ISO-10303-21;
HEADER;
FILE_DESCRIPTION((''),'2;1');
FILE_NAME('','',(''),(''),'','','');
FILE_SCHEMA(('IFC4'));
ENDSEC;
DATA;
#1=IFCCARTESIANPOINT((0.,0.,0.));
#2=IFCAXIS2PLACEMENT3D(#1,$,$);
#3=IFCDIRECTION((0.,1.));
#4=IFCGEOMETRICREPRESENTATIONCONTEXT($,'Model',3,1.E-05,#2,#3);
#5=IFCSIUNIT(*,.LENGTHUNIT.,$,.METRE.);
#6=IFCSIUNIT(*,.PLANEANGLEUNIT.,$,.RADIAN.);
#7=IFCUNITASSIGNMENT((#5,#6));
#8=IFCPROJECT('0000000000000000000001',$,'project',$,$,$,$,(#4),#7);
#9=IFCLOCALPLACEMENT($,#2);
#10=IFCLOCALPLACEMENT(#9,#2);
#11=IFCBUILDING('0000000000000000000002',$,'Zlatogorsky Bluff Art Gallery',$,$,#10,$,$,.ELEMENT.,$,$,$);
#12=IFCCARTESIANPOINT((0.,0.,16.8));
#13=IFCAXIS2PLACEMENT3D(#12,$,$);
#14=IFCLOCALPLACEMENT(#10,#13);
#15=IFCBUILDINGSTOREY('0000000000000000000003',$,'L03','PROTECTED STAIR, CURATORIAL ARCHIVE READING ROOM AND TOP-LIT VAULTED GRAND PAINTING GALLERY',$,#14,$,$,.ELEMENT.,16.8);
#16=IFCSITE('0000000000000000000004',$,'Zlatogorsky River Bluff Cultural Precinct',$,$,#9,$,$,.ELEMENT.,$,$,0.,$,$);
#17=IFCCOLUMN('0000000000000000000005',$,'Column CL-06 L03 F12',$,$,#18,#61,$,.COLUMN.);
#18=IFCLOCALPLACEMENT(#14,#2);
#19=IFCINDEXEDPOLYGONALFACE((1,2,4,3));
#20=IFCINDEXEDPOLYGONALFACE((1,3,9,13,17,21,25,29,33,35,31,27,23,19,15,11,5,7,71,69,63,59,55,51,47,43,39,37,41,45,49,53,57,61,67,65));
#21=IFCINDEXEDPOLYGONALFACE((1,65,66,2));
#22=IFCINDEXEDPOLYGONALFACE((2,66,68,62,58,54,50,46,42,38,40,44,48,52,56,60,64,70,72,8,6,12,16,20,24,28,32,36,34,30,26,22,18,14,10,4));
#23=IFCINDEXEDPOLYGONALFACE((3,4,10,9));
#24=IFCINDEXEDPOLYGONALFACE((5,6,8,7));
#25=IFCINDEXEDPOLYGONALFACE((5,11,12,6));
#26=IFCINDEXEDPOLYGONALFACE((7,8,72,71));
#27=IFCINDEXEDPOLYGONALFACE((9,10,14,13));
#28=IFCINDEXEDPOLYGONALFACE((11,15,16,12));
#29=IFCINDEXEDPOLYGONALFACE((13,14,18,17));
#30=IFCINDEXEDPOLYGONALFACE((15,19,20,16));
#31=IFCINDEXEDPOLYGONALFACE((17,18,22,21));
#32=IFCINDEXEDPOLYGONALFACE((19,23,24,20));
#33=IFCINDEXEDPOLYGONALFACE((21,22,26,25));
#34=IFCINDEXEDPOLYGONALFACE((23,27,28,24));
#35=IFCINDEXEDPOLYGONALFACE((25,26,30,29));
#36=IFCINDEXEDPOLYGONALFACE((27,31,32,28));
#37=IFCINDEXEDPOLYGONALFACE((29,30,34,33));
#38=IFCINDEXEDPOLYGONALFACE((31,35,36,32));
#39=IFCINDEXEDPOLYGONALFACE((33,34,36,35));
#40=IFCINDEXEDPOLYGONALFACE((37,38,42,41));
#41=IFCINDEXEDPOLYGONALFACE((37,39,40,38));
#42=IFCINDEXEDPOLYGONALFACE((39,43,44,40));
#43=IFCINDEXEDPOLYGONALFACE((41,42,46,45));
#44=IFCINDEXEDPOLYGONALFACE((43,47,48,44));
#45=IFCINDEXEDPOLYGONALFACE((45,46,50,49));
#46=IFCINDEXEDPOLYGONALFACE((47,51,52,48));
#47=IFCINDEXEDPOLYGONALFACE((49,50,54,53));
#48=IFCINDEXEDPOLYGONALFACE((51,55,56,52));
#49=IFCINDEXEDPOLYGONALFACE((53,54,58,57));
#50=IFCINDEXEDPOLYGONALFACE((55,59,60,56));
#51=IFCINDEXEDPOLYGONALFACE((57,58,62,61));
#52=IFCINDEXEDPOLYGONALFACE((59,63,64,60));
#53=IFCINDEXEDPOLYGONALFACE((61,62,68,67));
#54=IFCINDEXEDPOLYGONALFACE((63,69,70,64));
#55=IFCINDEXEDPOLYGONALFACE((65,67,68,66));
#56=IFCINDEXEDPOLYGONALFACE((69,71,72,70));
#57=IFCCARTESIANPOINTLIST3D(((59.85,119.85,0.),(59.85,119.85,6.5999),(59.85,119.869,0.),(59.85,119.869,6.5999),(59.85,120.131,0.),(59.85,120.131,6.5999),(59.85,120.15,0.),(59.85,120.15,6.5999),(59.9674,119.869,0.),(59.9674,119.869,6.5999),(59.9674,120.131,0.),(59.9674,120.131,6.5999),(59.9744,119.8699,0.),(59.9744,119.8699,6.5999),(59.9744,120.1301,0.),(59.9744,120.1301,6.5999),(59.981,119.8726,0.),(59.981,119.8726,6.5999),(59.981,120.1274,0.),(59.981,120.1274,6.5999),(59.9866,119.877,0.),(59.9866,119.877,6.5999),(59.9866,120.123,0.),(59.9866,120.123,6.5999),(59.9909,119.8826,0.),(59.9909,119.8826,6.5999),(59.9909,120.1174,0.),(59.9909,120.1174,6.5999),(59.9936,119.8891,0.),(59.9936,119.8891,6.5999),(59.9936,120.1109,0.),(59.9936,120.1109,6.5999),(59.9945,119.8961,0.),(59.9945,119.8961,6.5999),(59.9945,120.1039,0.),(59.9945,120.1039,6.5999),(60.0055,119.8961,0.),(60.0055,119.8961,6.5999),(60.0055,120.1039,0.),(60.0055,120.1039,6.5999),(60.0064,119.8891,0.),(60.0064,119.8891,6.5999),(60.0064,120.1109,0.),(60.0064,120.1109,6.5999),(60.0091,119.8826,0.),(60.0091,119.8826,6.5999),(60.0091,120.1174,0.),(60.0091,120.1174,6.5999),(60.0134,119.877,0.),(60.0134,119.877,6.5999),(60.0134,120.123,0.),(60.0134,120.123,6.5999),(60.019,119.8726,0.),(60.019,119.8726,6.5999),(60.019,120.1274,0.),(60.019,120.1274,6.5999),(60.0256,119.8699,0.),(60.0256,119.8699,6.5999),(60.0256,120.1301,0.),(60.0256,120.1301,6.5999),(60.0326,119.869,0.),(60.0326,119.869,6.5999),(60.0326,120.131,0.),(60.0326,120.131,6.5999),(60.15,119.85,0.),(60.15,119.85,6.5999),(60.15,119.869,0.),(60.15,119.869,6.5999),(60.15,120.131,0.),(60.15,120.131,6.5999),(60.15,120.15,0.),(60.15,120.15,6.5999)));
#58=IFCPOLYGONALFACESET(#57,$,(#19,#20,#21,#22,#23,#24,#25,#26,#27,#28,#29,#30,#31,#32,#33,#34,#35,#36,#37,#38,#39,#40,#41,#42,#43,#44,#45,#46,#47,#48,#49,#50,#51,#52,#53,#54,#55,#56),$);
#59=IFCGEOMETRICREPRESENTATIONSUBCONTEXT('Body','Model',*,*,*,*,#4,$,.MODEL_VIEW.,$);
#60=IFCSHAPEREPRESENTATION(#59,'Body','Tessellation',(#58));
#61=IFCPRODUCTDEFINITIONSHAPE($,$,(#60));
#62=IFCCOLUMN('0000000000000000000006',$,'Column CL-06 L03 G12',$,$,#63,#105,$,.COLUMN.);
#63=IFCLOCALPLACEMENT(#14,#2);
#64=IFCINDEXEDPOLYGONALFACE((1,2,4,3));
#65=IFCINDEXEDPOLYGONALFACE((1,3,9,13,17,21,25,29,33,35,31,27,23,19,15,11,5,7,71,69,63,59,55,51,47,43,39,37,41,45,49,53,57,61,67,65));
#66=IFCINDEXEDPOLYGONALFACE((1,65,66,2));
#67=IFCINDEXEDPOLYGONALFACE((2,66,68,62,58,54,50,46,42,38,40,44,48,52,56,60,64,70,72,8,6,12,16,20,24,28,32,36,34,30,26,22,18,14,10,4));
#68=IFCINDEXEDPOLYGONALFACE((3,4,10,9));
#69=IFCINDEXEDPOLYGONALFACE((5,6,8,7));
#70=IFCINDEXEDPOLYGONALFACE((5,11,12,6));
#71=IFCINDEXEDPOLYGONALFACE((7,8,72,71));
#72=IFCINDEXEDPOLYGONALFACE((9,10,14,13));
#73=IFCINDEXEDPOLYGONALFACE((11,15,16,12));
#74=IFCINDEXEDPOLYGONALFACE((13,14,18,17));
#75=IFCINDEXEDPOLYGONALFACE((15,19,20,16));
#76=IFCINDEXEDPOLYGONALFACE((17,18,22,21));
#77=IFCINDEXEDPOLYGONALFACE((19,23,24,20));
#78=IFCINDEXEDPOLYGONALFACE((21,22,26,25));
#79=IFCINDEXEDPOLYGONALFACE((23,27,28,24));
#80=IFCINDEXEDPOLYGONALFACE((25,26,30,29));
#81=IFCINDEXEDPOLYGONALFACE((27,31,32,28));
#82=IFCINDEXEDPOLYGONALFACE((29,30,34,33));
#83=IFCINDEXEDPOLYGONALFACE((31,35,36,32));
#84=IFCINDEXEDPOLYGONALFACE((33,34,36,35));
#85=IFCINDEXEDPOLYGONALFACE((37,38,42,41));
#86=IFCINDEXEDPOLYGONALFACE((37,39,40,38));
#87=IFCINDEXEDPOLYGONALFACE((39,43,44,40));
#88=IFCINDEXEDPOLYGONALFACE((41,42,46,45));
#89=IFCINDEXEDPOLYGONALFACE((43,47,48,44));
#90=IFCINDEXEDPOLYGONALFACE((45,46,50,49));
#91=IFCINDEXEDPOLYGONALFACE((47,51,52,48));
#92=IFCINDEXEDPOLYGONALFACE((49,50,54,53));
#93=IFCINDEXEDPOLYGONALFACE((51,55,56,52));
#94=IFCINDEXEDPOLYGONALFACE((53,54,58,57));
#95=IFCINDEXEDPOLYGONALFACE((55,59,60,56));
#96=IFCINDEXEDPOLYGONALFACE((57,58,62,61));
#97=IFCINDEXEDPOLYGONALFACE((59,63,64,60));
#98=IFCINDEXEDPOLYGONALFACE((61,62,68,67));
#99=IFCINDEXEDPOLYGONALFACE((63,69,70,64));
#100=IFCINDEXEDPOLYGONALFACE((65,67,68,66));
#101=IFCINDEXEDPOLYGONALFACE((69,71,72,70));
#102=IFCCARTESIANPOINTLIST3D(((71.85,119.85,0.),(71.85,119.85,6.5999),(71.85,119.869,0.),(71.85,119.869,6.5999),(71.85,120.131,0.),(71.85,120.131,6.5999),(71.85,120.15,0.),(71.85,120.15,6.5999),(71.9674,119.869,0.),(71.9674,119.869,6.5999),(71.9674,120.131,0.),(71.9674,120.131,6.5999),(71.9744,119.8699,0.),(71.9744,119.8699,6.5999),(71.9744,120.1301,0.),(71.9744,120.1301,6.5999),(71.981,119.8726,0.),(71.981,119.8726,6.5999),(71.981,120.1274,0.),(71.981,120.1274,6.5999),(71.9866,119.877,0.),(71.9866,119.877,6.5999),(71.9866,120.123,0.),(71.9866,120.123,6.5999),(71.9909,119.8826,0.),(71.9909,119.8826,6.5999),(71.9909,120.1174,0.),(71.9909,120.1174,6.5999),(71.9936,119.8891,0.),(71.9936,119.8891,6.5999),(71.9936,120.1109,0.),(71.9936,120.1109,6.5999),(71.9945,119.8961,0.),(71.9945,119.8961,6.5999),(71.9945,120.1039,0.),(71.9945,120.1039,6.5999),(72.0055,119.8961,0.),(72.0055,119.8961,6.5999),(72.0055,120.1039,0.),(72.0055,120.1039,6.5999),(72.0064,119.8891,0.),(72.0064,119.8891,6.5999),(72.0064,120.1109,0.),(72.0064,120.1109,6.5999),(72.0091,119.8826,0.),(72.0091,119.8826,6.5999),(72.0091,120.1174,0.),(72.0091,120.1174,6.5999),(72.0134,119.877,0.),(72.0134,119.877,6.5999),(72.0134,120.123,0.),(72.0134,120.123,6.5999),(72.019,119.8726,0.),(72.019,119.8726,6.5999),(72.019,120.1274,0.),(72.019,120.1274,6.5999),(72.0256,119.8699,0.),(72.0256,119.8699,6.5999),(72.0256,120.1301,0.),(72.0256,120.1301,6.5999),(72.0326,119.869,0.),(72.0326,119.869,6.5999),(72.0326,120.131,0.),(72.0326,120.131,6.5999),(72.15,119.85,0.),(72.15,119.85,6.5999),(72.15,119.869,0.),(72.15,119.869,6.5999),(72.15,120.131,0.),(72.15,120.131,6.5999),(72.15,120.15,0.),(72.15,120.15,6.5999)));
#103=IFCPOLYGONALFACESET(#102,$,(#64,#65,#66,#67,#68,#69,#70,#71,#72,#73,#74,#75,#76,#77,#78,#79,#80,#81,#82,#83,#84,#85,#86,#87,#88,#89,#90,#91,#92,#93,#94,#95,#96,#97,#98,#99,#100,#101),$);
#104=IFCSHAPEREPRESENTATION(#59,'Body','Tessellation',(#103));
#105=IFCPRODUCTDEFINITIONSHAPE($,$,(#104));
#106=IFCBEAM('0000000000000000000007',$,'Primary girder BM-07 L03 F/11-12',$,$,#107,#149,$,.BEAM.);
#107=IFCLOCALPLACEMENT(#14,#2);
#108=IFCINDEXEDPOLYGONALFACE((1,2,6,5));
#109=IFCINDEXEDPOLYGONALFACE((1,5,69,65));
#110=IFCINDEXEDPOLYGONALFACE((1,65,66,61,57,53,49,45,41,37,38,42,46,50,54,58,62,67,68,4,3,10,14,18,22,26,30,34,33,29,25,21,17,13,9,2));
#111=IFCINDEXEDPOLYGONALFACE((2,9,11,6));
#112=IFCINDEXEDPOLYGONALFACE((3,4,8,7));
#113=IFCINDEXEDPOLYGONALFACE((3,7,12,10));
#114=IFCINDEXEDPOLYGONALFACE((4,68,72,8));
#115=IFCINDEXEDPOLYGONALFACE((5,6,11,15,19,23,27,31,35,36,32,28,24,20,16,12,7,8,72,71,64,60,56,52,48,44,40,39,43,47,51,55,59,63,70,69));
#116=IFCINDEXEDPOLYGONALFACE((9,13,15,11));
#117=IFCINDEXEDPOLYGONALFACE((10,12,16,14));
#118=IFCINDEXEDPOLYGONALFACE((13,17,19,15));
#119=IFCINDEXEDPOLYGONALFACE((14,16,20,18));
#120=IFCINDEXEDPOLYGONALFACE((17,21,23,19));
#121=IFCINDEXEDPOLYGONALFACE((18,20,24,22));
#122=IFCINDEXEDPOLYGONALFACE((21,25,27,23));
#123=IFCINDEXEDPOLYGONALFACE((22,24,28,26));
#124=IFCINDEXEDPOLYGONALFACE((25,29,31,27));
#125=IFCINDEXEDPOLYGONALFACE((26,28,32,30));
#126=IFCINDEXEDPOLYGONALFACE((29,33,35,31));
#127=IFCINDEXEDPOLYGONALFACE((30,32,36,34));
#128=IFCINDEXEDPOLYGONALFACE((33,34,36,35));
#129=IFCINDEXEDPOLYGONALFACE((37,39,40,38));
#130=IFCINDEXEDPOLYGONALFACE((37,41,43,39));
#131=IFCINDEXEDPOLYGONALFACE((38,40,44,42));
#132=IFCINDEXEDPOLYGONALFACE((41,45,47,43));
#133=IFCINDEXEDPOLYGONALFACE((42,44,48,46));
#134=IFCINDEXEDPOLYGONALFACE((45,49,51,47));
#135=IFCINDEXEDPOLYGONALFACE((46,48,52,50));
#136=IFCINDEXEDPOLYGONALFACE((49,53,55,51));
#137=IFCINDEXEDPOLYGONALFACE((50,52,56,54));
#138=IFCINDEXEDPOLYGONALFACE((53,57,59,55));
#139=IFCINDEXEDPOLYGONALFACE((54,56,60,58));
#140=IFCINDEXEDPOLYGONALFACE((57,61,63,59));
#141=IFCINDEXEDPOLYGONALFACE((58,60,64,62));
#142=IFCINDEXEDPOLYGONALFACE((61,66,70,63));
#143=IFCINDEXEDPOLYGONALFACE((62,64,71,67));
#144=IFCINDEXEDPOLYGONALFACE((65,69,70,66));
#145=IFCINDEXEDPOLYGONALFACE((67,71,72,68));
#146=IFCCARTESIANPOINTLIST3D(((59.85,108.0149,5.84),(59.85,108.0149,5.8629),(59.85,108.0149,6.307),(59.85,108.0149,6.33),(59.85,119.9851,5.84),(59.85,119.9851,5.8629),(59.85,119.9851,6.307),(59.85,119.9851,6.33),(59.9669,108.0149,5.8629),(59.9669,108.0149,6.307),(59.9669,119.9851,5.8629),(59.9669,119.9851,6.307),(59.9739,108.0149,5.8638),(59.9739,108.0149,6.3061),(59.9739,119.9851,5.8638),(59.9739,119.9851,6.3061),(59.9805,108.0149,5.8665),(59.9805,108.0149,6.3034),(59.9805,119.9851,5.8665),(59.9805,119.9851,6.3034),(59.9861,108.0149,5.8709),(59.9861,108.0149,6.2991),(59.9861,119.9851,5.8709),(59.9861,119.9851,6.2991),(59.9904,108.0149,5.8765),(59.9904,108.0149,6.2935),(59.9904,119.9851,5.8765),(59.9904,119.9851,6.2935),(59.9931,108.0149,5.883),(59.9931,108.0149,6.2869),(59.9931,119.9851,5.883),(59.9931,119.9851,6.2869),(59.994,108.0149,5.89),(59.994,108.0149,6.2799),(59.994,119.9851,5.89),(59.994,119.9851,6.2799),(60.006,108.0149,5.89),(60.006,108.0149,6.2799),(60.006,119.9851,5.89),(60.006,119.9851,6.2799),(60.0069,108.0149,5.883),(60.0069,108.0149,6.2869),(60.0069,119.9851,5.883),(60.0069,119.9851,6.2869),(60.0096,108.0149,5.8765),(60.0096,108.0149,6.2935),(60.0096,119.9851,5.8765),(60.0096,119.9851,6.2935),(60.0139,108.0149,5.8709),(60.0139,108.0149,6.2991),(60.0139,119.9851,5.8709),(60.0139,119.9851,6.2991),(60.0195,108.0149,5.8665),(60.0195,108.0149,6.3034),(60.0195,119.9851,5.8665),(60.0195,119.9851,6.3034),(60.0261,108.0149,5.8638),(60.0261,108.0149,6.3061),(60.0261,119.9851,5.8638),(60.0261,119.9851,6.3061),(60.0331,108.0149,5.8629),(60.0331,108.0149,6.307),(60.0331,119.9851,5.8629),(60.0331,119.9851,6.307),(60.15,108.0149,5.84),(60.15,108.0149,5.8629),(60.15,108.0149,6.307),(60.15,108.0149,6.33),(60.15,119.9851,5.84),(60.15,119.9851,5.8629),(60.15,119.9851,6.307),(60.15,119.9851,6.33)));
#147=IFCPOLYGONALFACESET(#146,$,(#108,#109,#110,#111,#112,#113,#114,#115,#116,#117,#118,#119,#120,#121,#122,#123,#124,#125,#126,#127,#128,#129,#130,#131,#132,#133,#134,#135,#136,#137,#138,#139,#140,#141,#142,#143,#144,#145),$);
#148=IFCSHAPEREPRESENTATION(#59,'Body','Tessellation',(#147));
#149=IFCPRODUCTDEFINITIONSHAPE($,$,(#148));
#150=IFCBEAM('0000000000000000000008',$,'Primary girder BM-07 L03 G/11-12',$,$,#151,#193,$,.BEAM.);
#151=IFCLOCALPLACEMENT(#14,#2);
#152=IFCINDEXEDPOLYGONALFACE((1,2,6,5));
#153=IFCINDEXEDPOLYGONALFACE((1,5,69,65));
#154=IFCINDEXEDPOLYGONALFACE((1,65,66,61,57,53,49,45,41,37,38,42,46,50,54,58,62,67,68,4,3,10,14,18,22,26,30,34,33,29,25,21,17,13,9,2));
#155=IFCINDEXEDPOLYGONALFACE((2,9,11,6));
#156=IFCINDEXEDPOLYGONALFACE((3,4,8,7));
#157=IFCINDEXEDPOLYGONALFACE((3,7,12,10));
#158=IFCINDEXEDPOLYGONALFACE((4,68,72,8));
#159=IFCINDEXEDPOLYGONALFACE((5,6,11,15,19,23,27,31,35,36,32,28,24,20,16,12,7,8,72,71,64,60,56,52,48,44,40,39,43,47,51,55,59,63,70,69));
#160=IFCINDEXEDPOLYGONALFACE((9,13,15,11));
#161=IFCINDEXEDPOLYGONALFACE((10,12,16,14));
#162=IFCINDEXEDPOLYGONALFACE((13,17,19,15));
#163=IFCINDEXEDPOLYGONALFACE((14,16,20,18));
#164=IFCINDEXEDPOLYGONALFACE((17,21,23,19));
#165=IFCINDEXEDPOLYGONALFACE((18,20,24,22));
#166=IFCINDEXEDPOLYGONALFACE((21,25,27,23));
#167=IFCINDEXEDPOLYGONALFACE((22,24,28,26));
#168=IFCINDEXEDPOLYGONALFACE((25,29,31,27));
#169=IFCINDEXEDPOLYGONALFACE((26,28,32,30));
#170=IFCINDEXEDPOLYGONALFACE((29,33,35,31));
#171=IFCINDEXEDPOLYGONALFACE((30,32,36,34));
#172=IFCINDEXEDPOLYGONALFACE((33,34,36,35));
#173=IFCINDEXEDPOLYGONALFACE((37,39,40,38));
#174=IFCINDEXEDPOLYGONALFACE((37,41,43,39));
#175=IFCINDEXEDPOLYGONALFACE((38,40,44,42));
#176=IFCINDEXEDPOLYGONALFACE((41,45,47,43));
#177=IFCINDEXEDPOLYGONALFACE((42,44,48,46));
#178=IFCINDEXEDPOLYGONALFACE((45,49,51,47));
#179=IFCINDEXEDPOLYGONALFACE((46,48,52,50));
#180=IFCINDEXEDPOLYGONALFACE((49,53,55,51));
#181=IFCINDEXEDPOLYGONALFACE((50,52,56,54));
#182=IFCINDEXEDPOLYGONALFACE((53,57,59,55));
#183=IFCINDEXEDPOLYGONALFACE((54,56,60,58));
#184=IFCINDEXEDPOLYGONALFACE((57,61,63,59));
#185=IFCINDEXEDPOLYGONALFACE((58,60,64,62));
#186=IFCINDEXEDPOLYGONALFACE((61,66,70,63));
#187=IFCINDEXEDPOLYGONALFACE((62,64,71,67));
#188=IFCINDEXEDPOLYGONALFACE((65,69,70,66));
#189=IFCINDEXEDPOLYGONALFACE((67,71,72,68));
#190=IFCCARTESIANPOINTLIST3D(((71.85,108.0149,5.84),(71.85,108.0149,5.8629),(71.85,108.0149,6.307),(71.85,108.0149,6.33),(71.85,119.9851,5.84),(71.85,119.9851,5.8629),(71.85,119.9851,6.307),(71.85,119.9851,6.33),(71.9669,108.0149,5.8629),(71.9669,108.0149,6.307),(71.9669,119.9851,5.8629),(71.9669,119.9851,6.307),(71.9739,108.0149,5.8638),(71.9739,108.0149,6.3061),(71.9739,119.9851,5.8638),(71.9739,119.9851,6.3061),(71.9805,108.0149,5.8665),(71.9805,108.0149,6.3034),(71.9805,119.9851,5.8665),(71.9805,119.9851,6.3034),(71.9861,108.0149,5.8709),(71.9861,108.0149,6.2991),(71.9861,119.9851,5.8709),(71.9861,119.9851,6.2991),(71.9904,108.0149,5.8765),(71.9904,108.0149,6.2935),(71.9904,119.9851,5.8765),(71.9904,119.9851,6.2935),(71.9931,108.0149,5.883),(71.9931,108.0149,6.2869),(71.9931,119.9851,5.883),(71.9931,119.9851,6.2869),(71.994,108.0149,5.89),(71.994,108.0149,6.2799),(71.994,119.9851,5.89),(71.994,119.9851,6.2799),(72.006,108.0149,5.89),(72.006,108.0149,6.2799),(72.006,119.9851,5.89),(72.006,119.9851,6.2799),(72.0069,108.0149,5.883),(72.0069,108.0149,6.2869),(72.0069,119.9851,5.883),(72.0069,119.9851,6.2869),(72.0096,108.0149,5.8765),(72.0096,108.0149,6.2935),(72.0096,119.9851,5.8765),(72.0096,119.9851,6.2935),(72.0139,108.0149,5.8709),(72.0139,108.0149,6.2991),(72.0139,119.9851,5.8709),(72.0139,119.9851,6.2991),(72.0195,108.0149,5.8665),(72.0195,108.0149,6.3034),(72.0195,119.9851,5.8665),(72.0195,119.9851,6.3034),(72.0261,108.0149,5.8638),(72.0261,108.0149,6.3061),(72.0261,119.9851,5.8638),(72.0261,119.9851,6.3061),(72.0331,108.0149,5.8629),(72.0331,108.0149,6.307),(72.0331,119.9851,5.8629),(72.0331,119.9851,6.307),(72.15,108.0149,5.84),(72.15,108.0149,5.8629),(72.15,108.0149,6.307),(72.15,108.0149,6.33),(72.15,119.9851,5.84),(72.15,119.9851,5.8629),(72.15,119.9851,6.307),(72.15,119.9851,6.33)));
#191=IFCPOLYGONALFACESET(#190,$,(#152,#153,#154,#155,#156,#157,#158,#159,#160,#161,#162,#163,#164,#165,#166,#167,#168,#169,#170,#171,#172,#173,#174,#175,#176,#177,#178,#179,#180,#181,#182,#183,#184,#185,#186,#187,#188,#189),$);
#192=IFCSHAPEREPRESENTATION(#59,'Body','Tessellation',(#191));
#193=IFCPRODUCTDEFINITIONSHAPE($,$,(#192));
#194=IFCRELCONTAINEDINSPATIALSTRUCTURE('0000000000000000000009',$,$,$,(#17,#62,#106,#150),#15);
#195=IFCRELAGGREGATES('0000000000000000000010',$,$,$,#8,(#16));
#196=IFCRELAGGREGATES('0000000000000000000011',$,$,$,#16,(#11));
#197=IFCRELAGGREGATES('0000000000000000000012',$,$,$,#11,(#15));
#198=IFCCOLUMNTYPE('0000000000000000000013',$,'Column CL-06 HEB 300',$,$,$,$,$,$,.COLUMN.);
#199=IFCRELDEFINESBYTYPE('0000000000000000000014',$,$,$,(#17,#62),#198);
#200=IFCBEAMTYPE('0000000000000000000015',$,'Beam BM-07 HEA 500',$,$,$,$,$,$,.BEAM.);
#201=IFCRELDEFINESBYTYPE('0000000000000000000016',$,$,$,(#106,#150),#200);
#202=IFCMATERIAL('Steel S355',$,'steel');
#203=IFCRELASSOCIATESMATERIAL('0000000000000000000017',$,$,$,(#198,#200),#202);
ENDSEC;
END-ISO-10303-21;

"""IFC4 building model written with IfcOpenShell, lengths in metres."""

from ifc_helpers import new_model, si_unit, direction, frame, origin, origin_2d, place, context, subcontext, project, spatial, i_section, extrude, material, material_profile, profile_set, type_object, element, save


model = new_model("IFC4")

# Units and contexts
model_context = context("Model", 3, precision=1e-05, world=origin(), true_north=direction((0.0, 1.0)))
body_context = subcontext(model_context, "Body", "Model", "MODEL_VIEW")
ifc_project = project(units=[si_unit("LENGTHUNIT", "METRE"), si_unit("PLANEANGLEUNIT", "RADIAN")], contexts=[model_context])

# Site, building, storey
site_placement = place(None, origin())
site = spatial("IfcSite", under=ifc_project, at=site_placement, Name="Zlatogorsky River Bluff Cultural Precinct", CompositionType="ELEMENT", RefElevation=0.0)
building_placement = place(site_placement, origin())
building = spatial("IfcBuilding", under=site, at=building_placement, Name="Zlatogorsky Bluff Art Gallery", CompositionType="ELEMENT")
storey_placement = place(building_placement, frame((0.0, 0.0, 16.8)))
storey = spatial("IfcBuildingStorey", under=building, at=storey_placement, Name="L03", Description="PROTECTED STAIR, CURATORIAL ARCHIVE READING ROOM AND TOP-LIT VAULTED GRAND PAINTING GALLERY", CompositionType="ELEMENT", Elevation=16.8)

# Columns
ifc_material_1 = material(Name="Steel S355", Category="steel")
ifc_material_profile_1 = material_profile(ifc_material_1, i_section(OverallWidth=0.3, OverallDepth=0.3, WebThickness=0.011, FlangeThickness=0.019, FilletRadius=0.0271, at=origin_2d()), Name="HEB 300")
ifc_profile_set_1 = profile_set([ifc_material_profile_1], Name="Steel S355")
column_type = type_object("IfcColumnType", Name="Column CL-06 HEB 300", PredefinedType="COLUMN", material=ifc_profile_set_1)
for number, where, z_axis, x_axis, name in (
    (1, (60.0, 120.0, 0.0), (0.0, 0.0, 1.0), (1.0, 0.0, 0.0), "Column CL-06 L03 F12"),
    (2, (72.0, 120.0, 0.0), (0.0, 0.0, 1.0), (1.0, 0.0, 0.0), "Column CL-06 L03 G12"),
):
    element("IfcColumn", number, at=place(storey_placement, frame(where, z_axis=z_axis, x_axis=x_axis)), inside=storey, type_object=column_type, Name=name, PredefinedType="COLUMN", context=body_context, shape_type="SweptSolid", body=[
        extrude(i_section(OverallWidth=0.3, OverallDepth=0.3, WebThickness=0.011, FlangeThickness=0.019, FilletRadius=0.0271, at=origin_2d()), origin(), (0.0, 0.0, 1.0), 6.5999),
    ])

# Beams
ifc_material_profile_2 = material_profile(ifc_material_1, i_section(OverallWidth=0.3, OverallDepth=0.49, WebThickness=0.012, FlangeThickness=0.0229, FilletRadius=0.0271, at=origin_2d()), Name="HEA 500")
ifc_profile_set_2 = profile_set([ifc_material_profile_2], Name="Steel S355")
beam_type_1 = type_object("IfcBeamType", Name="Beam BM-07 HEA 500", PredefinedType="BEAM", material=ifc_profile_set_2)
for number, where, z_axis, x_axis, name in (
    (3, (60.0, 108.0149, 6.085), (0.0, 1.0, 0.0), (-1.0, 0.0, 0.0), "Primary girder BM-07 L03 F/11-12"),
    (4, (72.0, 108.0149, 6.085), (0.0, 1.0, 0.0), (-1.0, 0.0, 0.0), "Primary girder BM-07 L03 G/11-12"),
):
    element("IfcBeam", number, at=place(storey_placement, frame(where, z_axis=z_axis, x_axis=x_axis)), inside=storey, type_object=beam_type_1, Name=name, PredefinedType="BEAM", context=body_context, shape_type="SweptSolid", body=[
        extrude(i_section(OverallWidth=0.3, OverallDepth=0.49, WebThickness=0.012, FlangeThickness=0.0229, FilletRadius=0.0271, at=origin_2d()), origin(), (0.0, 0.0, 1.0), 11.9702),
    ])

save(model, "model.ifc")
